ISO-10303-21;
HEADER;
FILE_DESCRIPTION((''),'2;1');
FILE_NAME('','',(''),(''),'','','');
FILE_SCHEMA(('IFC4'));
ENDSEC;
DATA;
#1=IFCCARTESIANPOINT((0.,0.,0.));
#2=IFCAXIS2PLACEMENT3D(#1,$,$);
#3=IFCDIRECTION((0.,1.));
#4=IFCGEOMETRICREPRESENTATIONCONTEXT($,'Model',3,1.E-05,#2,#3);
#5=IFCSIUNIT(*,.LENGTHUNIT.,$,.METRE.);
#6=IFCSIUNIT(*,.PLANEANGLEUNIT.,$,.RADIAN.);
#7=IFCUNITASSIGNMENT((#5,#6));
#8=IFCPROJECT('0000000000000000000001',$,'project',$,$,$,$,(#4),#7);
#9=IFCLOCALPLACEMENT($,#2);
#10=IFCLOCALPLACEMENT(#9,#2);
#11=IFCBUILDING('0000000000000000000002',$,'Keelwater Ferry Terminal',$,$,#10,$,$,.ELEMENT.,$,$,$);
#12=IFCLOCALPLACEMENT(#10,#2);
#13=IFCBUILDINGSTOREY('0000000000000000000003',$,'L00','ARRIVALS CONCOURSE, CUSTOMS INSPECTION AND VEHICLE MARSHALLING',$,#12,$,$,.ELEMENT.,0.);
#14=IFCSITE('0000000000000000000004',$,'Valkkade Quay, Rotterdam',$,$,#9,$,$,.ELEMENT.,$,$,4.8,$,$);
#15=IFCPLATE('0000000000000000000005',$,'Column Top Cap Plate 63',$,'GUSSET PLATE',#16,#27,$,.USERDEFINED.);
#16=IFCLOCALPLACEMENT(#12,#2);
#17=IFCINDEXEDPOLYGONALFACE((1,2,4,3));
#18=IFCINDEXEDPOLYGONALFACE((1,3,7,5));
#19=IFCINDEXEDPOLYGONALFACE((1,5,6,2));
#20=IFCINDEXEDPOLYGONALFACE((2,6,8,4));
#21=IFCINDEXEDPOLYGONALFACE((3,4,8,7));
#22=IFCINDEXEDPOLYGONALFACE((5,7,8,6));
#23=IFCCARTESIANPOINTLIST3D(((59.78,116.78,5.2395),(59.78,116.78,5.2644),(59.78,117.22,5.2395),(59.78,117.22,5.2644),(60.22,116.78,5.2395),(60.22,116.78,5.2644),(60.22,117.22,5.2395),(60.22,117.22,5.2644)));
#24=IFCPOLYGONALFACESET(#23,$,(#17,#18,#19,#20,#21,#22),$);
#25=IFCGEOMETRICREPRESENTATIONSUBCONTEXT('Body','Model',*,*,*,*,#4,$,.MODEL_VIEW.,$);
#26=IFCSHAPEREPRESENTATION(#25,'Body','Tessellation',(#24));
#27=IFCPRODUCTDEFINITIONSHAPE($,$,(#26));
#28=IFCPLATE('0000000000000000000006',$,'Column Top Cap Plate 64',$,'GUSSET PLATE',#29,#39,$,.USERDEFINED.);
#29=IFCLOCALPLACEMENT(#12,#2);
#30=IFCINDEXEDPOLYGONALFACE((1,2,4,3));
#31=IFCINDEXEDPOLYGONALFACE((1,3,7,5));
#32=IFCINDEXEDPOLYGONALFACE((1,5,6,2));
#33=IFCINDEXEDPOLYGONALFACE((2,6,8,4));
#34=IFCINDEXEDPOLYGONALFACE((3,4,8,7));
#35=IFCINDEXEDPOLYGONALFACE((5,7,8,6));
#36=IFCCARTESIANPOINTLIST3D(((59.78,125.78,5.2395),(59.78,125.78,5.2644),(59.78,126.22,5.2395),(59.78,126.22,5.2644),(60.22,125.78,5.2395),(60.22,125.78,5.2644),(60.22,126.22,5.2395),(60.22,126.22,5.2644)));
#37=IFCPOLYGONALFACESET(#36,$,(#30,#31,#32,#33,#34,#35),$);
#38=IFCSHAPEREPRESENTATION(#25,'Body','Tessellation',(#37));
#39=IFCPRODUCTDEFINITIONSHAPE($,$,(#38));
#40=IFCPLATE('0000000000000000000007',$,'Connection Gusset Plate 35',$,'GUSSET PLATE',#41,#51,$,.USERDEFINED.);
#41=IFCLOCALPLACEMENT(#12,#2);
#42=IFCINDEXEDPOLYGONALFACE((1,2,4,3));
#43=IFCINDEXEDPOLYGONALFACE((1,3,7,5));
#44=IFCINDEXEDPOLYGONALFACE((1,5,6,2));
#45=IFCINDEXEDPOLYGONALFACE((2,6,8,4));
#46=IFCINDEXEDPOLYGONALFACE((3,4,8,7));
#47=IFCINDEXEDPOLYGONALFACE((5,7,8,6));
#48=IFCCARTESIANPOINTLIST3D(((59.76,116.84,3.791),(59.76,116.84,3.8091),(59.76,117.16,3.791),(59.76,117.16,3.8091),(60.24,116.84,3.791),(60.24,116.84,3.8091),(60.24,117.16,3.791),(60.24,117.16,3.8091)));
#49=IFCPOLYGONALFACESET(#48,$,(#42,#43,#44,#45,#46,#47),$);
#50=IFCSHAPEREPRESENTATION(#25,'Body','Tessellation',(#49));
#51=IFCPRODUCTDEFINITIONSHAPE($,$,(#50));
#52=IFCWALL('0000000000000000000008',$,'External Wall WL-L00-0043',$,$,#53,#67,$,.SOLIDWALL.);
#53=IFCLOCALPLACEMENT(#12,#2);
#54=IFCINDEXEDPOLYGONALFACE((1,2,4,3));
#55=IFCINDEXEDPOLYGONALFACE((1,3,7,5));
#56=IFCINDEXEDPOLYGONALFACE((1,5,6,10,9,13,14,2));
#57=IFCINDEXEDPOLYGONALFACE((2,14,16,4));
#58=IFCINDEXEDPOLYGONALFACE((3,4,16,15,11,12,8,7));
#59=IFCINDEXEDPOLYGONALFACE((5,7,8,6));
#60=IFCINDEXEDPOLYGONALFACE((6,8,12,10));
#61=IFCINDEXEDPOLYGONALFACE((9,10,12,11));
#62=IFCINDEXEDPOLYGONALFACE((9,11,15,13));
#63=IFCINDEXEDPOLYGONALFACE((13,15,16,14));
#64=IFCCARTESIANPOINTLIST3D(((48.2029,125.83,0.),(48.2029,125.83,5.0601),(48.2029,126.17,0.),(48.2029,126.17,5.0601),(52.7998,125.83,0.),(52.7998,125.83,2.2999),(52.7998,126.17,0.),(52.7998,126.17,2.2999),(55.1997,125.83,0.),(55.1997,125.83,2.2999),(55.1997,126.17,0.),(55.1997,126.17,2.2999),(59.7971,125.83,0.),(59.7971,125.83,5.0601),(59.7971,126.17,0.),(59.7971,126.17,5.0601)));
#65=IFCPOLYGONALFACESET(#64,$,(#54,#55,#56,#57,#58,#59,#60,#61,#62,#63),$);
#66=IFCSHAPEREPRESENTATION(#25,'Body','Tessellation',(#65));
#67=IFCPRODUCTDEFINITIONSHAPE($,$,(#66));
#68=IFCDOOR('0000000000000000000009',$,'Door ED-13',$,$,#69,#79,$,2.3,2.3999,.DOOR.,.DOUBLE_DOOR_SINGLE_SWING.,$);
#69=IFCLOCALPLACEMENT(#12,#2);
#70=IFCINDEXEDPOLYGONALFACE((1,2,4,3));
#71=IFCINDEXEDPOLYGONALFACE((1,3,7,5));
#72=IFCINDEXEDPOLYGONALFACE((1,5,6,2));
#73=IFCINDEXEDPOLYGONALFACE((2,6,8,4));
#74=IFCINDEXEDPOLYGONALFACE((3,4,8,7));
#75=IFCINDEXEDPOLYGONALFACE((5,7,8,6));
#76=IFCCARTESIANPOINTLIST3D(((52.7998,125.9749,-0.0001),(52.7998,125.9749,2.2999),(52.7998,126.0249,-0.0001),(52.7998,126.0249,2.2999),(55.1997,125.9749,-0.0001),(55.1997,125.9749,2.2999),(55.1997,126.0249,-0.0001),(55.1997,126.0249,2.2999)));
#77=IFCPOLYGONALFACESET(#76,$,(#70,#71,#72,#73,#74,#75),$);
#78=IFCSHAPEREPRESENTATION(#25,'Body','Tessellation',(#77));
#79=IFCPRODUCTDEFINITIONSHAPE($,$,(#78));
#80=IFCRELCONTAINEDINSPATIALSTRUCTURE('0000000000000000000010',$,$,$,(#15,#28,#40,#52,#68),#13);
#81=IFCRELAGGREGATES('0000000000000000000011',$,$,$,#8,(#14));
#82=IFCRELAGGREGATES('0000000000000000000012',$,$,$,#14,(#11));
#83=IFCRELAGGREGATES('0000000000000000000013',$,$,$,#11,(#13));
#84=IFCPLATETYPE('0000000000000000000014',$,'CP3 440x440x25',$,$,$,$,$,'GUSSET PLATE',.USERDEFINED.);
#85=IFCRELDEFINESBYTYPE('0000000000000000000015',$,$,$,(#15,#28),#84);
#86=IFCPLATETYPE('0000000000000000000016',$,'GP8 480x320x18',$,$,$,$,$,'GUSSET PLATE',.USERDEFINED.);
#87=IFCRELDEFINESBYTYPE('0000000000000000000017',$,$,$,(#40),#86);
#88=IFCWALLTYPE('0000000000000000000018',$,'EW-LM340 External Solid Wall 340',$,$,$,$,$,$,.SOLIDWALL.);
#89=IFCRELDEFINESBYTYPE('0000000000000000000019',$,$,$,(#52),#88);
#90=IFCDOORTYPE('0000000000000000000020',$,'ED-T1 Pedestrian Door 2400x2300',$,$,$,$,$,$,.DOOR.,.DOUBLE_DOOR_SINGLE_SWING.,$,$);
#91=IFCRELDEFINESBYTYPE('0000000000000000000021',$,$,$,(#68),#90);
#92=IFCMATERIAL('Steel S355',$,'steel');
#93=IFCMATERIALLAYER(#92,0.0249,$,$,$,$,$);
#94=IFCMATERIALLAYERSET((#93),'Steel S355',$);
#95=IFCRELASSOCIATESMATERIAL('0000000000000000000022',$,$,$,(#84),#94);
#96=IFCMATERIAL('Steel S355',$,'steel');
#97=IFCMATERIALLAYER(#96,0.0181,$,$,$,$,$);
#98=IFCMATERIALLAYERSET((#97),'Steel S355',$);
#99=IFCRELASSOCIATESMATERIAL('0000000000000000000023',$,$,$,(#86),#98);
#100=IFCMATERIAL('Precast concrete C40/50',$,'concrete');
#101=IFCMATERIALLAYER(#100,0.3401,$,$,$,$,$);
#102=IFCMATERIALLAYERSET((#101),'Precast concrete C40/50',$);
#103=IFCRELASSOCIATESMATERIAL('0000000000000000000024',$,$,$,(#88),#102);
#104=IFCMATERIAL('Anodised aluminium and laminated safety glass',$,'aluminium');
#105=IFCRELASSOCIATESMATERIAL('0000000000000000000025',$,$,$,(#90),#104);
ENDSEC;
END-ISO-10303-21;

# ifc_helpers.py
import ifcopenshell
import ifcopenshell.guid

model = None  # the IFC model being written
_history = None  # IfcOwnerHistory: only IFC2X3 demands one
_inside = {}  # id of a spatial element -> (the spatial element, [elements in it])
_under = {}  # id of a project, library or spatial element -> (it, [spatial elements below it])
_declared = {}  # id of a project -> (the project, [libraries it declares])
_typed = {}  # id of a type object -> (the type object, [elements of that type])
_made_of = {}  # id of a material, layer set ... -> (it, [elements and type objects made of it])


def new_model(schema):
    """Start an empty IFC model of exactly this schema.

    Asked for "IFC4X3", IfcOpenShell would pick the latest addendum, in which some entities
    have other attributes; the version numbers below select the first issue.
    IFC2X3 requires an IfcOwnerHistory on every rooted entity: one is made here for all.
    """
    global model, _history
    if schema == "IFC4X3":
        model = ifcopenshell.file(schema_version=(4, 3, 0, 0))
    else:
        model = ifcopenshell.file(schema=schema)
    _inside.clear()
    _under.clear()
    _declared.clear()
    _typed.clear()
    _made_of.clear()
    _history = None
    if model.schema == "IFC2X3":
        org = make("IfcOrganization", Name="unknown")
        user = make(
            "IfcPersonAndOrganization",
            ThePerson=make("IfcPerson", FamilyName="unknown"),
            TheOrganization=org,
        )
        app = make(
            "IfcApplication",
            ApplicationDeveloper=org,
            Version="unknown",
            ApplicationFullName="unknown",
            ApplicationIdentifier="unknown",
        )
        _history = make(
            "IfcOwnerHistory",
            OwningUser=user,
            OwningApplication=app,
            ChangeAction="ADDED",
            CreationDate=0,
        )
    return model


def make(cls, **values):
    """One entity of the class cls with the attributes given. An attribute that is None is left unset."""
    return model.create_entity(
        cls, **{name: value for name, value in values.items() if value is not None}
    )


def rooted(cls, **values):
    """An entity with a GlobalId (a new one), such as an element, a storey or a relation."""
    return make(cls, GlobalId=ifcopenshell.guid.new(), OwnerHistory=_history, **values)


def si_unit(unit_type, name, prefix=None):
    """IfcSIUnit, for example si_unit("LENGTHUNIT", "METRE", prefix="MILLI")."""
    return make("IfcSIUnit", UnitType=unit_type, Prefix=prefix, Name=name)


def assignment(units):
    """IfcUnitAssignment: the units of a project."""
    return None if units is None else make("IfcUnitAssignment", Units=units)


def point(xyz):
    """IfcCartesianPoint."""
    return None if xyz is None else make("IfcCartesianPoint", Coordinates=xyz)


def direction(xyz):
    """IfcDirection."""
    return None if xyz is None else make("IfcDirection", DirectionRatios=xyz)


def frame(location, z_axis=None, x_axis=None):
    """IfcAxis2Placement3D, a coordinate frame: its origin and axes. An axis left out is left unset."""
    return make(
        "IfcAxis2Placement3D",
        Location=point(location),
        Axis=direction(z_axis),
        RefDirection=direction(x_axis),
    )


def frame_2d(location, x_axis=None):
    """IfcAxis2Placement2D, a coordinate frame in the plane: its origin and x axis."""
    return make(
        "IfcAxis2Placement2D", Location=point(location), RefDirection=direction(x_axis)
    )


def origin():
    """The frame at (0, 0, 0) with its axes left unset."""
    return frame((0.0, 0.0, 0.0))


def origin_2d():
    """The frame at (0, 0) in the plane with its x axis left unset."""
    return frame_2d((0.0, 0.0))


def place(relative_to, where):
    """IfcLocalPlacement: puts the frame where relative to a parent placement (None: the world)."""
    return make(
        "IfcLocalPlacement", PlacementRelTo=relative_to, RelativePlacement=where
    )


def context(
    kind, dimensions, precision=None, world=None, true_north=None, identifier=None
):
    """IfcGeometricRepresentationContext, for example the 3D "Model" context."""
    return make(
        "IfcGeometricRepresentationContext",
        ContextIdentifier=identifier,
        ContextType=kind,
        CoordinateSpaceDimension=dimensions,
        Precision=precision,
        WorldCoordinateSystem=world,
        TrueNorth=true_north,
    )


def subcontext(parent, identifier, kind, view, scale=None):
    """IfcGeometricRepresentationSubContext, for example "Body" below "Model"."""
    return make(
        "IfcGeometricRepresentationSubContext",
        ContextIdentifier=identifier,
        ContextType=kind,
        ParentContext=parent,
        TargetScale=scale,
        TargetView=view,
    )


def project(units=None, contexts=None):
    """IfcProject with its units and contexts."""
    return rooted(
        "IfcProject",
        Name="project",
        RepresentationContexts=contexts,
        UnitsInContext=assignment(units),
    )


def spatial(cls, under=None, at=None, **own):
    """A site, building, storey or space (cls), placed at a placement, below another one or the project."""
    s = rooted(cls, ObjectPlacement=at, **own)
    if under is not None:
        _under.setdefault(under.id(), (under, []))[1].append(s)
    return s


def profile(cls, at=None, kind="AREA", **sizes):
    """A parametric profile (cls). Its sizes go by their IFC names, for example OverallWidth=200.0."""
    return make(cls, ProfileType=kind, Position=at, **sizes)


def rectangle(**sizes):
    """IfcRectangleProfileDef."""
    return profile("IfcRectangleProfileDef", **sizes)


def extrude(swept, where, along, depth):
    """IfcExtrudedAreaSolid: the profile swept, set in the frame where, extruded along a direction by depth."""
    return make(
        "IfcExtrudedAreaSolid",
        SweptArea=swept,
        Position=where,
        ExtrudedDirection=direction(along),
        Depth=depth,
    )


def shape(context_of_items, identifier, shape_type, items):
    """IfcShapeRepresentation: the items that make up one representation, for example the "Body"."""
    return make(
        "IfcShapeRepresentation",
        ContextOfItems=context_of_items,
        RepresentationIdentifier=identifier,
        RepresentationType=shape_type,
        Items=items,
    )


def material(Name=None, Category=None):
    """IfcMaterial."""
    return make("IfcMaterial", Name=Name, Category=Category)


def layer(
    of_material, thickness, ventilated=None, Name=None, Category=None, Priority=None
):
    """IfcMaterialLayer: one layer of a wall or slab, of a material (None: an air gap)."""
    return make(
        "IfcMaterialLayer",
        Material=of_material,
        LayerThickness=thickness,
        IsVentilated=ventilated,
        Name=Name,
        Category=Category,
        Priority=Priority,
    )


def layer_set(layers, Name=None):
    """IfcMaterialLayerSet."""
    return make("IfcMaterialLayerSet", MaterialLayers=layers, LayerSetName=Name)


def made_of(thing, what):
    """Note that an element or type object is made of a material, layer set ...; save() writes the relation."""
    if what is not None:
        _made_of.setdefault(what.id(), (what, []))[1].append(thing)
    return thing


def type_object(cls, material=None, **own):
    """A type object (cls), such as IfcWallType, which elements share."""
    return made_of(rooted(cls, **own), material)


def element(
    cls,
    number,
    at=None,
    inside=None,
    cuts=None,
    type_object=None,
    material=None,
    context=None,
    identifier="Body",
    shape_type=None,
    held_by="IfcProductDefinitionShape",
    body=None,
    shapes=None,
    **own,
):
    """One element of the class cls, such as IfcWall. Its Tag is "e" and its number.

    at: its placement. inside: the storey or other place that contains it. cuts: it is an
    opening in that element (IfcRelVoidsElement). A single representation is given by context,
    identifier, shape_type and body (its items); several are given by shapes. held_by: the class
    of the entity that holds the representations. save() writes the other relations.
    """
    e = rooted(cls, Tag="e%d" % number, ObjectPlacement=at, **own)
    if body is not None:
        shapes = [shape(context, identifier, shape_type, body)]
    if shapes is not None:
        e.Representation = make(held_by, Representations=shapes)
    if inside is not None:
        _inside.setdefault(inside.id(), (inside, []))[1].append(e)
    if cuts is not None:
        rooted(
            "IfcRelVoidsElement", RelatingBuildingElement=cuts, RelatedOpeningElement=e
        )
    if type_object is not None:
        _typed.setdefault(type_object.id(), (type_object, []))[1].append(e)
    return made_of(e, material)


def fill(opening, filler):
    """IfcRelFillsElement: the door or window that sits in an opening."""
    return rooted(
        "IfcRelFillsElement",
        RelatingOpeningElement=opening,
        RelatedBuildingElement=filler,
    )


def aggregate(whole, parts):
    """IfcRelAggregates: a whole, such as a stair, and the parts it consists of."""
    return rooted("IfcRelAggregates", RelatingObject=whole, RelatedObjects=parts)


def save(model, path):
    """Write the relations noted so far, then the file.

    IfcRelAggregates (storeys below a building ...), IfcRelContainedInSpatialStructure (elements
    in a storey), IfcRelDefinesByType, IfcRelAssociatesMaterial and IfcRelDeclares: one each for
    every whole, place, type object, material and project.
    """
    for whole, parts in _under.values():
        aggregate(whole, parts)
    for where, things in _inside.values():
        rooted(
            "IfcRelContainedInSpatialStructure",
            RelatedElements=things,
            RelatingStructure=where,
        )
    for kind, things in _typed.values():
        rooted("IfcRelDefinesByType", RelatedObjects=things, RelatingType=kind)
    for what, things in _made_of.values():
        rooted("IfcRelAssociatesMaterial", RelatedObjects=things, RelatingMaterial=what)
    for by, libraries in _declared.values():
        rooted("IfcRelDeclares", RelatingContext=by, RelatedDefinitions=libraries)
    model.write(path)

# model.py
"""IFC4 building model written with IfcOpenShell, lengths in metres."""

from ifc_helpers import new_model, si_unit, direction, frame, frame_2d, origin, origin_2d, place, context, subcontext, project, spatial, rectangle, extrude, material, layer, layer_set, type_object, element, fill, save


model = new_model("IFC4")

# Units and contexts
model_context = context("Model", 3, precision=1e-05, world=origin(), true_north=direction((0.0, 1.0)))
body_context = subcontext(model_context, "Body", "Model", "MODEL_VIEW")
ifc_project = project(units=[si_unit("LENGTHUNIT", "METRE"), si_unit("PLANEANGLEUNIT", "RADIAN")], contexts=[model_context])

# Site, building, storey
site_placement = place(None, origin())
site = spatial("IfcSite", under=ifc_project, at=site_placement, Name="Valkkade Quay, Rotterdam", CompositionType="ELEMENT", RefElevation=4.8)
building_placement = place(site_placement, origin())
building = spatial("IfcBuilding", under=site, at=building_placement, Name="Keelwater Ferry Terminal", CompositionType="ELEMENT")
storey_placement = place(building_placement, origin())
storey = spatial("IfcBuildingStorey", under=building, at=storey_placement, Name="L00", Description="ARRIVALS CONCOURSE, CUSTOMS INSPECTION AND VEHICLE MARSHALLING", CompositionType="ELEMENT", Elevation=0.0)

# Plates
ifc_material_1 = material(Name="Steel S355", Category="steel")
ifc_layer_1 = layer(ifc_material_1, 0.0249)
ifc_layer_set_1 = layer_set([ifc_layer_1], Name="Steel S355")
plate_type_1 = type_object("IfcPlateType", Name="CP3 440x440x25", ElementType="GUSSET PLATE", PredefinedType="USERDEFINED", material=ifc_layer_set_1)
for number, where, z_axis, x_axis, name in (
    (1, (60.0, 117.0, 5.2395), (0.0, 0.0, 1.0), (1.0, 0.0, 0.0), "Column Top Cap Plate 63"),
    (2, (60.0, 126.0, 5.2395), (0.0, 0.0, 1.0), (1.0, 0.0, 0.0), "Column Top Cap Plate 64"),
):
    element("IfcPlate", number, at=place(storey_placement, frame(where, z_axis=z_axis, x_axis=x_axis)), inside=storey, type_object=plate_type_1, Name=name, ObjectType="GUSSET PLATE", PredefinedType="USERDEFINED", context=body_context, shape_type="SweptSolid", body=[
        extrude(rectangle(XDim=0.4399, YDim=0.4399, at=origin_2d()), origin(), (0.0, 0.0, 1.0), 0.0249),
    ])
ifc_material_2 = material(Name="Steel S355", Category="steel")
ifc_layer_2 = layer(ifc_material_2, 0.0181)
ifc_layer_set_2 = layer_set([ifc_layer_2], Name="Steel S355")
plate_type_2 = type_object("IfcPlateType", Name="GP8 480x320x18", ElementType="GUSSET PLATE", PredefinedType="USERDEFINED", material=ifc_layer_set_2)
plate_placement = place(storey_placement, frame((60.0, 117.0, 3.791), z_axis=(0.0, 0.0, 1.0), x_axis=(1.0, 0.0, 0.0)))
element("IfcPlate", 3, at=plate_placement, inside=storey, type_object=plate_type_2, Name="Connection Gusset Plate 35", ObjectType="GUSSET PLATE", PredefinedType="USERDEFINED", context=body_context, shape_type="SweptSolid", body=[
    extrude(rectangle(XDim=0.48, YDim=0.3201, at=origin_2d()), origin(), (0.0, 0.0, 1.0), 0.0181),
])

# Wall, opening, door
ifc_material_3 = material(Name="Precast concrete C40/50", Category="concrete")
ifc_layer_3 = layer(ifc_material_3, 0.3401)
ifc_layer_set_3 = layer_set([ifc_layer_3], Name="Precast concrete C40/50")
wall_type = type_object("IfcWallType", Name="EW-LM340 External Solid Wall 340", PredefinedType="SOLIDWALL", material=ifc_layer_set_3)
wall_placement = place(storey_placement, frame((48.2029, 126.0, 0.0), z_axis=(0.0, 0.0, 1.0), x_axis=(1.0, 0.0, 0.0)))
wall = element("IfcWall", 4, at=wall_placement, inside=storey, type_object=wall_type, Name="External Wall WL-L00-0043", PredefinedType="SOLIDWALL", context=body_context, shape_type="SweptSolid", body=[
    extrude(rectangle(XDim=11.5942, YDim=0.3401, at=frame_2d((5.7971, 0.0))), origin(), (0.0, 0.0, 1.0), 5.0601),
])
opening_placement = place(wall_placement, frame((4.5969, 0.0, 0.0)))
opening = element("IfcOpeningElement", 5, at=opening_placement, cuts=wall, PredefinedType="OPENING", context=body_context, shape_type="SweptSolid", body=[
    extrude(rectangle(XDim=2.3999, YDim=2.3, at=frame_2d((1.2, 1.1499))), frame((0.0, 0.1799, 0.0), z_axis=(0.0, -1.0, 0.0), x_axis=(1.0, 0.0, 0.0)), (0.0, 0.0, 1.0), 0.3601),
])
ifc_material_4 = material(Name="Anodised aluminium and laminated safety glass", Category="aluminium")
door_type = type_object("IfcDoorType", Name="ED-T1 Pedestrian Door 2400x2300", OperationType="DOUBLE_DOOR_SINGLE_SWING", PredefinedType="DOOR", material=ifc_material_4)
door_placement = place(opening_placement, origin())
door = element("IfcDoor", 6, at=door_placement, inside=storey, type_object=door_type, Name="Door ED-13", OperationType="DOUBLE_DOOR_SINGLE_SWING", OverallHeight=2.3, OverallWidth=2.3999, PredefinedType="DOOR", context=body_context, shape_type="SweptSolid", body=[
    extrude(rectangle(XDim=2.3999, YDim=2.3, at=frame_2d((1.2, 1.1499))), frame((0.0, 0.0249, 0.0), z_axis=(0.0, -1.0, 0.0), x_axis=(1.0, 0.0, 0.0)), (0.0, 0.0, 1.0), 0.05),
])
fill(opening, door)

save(model, "model.ifc")
